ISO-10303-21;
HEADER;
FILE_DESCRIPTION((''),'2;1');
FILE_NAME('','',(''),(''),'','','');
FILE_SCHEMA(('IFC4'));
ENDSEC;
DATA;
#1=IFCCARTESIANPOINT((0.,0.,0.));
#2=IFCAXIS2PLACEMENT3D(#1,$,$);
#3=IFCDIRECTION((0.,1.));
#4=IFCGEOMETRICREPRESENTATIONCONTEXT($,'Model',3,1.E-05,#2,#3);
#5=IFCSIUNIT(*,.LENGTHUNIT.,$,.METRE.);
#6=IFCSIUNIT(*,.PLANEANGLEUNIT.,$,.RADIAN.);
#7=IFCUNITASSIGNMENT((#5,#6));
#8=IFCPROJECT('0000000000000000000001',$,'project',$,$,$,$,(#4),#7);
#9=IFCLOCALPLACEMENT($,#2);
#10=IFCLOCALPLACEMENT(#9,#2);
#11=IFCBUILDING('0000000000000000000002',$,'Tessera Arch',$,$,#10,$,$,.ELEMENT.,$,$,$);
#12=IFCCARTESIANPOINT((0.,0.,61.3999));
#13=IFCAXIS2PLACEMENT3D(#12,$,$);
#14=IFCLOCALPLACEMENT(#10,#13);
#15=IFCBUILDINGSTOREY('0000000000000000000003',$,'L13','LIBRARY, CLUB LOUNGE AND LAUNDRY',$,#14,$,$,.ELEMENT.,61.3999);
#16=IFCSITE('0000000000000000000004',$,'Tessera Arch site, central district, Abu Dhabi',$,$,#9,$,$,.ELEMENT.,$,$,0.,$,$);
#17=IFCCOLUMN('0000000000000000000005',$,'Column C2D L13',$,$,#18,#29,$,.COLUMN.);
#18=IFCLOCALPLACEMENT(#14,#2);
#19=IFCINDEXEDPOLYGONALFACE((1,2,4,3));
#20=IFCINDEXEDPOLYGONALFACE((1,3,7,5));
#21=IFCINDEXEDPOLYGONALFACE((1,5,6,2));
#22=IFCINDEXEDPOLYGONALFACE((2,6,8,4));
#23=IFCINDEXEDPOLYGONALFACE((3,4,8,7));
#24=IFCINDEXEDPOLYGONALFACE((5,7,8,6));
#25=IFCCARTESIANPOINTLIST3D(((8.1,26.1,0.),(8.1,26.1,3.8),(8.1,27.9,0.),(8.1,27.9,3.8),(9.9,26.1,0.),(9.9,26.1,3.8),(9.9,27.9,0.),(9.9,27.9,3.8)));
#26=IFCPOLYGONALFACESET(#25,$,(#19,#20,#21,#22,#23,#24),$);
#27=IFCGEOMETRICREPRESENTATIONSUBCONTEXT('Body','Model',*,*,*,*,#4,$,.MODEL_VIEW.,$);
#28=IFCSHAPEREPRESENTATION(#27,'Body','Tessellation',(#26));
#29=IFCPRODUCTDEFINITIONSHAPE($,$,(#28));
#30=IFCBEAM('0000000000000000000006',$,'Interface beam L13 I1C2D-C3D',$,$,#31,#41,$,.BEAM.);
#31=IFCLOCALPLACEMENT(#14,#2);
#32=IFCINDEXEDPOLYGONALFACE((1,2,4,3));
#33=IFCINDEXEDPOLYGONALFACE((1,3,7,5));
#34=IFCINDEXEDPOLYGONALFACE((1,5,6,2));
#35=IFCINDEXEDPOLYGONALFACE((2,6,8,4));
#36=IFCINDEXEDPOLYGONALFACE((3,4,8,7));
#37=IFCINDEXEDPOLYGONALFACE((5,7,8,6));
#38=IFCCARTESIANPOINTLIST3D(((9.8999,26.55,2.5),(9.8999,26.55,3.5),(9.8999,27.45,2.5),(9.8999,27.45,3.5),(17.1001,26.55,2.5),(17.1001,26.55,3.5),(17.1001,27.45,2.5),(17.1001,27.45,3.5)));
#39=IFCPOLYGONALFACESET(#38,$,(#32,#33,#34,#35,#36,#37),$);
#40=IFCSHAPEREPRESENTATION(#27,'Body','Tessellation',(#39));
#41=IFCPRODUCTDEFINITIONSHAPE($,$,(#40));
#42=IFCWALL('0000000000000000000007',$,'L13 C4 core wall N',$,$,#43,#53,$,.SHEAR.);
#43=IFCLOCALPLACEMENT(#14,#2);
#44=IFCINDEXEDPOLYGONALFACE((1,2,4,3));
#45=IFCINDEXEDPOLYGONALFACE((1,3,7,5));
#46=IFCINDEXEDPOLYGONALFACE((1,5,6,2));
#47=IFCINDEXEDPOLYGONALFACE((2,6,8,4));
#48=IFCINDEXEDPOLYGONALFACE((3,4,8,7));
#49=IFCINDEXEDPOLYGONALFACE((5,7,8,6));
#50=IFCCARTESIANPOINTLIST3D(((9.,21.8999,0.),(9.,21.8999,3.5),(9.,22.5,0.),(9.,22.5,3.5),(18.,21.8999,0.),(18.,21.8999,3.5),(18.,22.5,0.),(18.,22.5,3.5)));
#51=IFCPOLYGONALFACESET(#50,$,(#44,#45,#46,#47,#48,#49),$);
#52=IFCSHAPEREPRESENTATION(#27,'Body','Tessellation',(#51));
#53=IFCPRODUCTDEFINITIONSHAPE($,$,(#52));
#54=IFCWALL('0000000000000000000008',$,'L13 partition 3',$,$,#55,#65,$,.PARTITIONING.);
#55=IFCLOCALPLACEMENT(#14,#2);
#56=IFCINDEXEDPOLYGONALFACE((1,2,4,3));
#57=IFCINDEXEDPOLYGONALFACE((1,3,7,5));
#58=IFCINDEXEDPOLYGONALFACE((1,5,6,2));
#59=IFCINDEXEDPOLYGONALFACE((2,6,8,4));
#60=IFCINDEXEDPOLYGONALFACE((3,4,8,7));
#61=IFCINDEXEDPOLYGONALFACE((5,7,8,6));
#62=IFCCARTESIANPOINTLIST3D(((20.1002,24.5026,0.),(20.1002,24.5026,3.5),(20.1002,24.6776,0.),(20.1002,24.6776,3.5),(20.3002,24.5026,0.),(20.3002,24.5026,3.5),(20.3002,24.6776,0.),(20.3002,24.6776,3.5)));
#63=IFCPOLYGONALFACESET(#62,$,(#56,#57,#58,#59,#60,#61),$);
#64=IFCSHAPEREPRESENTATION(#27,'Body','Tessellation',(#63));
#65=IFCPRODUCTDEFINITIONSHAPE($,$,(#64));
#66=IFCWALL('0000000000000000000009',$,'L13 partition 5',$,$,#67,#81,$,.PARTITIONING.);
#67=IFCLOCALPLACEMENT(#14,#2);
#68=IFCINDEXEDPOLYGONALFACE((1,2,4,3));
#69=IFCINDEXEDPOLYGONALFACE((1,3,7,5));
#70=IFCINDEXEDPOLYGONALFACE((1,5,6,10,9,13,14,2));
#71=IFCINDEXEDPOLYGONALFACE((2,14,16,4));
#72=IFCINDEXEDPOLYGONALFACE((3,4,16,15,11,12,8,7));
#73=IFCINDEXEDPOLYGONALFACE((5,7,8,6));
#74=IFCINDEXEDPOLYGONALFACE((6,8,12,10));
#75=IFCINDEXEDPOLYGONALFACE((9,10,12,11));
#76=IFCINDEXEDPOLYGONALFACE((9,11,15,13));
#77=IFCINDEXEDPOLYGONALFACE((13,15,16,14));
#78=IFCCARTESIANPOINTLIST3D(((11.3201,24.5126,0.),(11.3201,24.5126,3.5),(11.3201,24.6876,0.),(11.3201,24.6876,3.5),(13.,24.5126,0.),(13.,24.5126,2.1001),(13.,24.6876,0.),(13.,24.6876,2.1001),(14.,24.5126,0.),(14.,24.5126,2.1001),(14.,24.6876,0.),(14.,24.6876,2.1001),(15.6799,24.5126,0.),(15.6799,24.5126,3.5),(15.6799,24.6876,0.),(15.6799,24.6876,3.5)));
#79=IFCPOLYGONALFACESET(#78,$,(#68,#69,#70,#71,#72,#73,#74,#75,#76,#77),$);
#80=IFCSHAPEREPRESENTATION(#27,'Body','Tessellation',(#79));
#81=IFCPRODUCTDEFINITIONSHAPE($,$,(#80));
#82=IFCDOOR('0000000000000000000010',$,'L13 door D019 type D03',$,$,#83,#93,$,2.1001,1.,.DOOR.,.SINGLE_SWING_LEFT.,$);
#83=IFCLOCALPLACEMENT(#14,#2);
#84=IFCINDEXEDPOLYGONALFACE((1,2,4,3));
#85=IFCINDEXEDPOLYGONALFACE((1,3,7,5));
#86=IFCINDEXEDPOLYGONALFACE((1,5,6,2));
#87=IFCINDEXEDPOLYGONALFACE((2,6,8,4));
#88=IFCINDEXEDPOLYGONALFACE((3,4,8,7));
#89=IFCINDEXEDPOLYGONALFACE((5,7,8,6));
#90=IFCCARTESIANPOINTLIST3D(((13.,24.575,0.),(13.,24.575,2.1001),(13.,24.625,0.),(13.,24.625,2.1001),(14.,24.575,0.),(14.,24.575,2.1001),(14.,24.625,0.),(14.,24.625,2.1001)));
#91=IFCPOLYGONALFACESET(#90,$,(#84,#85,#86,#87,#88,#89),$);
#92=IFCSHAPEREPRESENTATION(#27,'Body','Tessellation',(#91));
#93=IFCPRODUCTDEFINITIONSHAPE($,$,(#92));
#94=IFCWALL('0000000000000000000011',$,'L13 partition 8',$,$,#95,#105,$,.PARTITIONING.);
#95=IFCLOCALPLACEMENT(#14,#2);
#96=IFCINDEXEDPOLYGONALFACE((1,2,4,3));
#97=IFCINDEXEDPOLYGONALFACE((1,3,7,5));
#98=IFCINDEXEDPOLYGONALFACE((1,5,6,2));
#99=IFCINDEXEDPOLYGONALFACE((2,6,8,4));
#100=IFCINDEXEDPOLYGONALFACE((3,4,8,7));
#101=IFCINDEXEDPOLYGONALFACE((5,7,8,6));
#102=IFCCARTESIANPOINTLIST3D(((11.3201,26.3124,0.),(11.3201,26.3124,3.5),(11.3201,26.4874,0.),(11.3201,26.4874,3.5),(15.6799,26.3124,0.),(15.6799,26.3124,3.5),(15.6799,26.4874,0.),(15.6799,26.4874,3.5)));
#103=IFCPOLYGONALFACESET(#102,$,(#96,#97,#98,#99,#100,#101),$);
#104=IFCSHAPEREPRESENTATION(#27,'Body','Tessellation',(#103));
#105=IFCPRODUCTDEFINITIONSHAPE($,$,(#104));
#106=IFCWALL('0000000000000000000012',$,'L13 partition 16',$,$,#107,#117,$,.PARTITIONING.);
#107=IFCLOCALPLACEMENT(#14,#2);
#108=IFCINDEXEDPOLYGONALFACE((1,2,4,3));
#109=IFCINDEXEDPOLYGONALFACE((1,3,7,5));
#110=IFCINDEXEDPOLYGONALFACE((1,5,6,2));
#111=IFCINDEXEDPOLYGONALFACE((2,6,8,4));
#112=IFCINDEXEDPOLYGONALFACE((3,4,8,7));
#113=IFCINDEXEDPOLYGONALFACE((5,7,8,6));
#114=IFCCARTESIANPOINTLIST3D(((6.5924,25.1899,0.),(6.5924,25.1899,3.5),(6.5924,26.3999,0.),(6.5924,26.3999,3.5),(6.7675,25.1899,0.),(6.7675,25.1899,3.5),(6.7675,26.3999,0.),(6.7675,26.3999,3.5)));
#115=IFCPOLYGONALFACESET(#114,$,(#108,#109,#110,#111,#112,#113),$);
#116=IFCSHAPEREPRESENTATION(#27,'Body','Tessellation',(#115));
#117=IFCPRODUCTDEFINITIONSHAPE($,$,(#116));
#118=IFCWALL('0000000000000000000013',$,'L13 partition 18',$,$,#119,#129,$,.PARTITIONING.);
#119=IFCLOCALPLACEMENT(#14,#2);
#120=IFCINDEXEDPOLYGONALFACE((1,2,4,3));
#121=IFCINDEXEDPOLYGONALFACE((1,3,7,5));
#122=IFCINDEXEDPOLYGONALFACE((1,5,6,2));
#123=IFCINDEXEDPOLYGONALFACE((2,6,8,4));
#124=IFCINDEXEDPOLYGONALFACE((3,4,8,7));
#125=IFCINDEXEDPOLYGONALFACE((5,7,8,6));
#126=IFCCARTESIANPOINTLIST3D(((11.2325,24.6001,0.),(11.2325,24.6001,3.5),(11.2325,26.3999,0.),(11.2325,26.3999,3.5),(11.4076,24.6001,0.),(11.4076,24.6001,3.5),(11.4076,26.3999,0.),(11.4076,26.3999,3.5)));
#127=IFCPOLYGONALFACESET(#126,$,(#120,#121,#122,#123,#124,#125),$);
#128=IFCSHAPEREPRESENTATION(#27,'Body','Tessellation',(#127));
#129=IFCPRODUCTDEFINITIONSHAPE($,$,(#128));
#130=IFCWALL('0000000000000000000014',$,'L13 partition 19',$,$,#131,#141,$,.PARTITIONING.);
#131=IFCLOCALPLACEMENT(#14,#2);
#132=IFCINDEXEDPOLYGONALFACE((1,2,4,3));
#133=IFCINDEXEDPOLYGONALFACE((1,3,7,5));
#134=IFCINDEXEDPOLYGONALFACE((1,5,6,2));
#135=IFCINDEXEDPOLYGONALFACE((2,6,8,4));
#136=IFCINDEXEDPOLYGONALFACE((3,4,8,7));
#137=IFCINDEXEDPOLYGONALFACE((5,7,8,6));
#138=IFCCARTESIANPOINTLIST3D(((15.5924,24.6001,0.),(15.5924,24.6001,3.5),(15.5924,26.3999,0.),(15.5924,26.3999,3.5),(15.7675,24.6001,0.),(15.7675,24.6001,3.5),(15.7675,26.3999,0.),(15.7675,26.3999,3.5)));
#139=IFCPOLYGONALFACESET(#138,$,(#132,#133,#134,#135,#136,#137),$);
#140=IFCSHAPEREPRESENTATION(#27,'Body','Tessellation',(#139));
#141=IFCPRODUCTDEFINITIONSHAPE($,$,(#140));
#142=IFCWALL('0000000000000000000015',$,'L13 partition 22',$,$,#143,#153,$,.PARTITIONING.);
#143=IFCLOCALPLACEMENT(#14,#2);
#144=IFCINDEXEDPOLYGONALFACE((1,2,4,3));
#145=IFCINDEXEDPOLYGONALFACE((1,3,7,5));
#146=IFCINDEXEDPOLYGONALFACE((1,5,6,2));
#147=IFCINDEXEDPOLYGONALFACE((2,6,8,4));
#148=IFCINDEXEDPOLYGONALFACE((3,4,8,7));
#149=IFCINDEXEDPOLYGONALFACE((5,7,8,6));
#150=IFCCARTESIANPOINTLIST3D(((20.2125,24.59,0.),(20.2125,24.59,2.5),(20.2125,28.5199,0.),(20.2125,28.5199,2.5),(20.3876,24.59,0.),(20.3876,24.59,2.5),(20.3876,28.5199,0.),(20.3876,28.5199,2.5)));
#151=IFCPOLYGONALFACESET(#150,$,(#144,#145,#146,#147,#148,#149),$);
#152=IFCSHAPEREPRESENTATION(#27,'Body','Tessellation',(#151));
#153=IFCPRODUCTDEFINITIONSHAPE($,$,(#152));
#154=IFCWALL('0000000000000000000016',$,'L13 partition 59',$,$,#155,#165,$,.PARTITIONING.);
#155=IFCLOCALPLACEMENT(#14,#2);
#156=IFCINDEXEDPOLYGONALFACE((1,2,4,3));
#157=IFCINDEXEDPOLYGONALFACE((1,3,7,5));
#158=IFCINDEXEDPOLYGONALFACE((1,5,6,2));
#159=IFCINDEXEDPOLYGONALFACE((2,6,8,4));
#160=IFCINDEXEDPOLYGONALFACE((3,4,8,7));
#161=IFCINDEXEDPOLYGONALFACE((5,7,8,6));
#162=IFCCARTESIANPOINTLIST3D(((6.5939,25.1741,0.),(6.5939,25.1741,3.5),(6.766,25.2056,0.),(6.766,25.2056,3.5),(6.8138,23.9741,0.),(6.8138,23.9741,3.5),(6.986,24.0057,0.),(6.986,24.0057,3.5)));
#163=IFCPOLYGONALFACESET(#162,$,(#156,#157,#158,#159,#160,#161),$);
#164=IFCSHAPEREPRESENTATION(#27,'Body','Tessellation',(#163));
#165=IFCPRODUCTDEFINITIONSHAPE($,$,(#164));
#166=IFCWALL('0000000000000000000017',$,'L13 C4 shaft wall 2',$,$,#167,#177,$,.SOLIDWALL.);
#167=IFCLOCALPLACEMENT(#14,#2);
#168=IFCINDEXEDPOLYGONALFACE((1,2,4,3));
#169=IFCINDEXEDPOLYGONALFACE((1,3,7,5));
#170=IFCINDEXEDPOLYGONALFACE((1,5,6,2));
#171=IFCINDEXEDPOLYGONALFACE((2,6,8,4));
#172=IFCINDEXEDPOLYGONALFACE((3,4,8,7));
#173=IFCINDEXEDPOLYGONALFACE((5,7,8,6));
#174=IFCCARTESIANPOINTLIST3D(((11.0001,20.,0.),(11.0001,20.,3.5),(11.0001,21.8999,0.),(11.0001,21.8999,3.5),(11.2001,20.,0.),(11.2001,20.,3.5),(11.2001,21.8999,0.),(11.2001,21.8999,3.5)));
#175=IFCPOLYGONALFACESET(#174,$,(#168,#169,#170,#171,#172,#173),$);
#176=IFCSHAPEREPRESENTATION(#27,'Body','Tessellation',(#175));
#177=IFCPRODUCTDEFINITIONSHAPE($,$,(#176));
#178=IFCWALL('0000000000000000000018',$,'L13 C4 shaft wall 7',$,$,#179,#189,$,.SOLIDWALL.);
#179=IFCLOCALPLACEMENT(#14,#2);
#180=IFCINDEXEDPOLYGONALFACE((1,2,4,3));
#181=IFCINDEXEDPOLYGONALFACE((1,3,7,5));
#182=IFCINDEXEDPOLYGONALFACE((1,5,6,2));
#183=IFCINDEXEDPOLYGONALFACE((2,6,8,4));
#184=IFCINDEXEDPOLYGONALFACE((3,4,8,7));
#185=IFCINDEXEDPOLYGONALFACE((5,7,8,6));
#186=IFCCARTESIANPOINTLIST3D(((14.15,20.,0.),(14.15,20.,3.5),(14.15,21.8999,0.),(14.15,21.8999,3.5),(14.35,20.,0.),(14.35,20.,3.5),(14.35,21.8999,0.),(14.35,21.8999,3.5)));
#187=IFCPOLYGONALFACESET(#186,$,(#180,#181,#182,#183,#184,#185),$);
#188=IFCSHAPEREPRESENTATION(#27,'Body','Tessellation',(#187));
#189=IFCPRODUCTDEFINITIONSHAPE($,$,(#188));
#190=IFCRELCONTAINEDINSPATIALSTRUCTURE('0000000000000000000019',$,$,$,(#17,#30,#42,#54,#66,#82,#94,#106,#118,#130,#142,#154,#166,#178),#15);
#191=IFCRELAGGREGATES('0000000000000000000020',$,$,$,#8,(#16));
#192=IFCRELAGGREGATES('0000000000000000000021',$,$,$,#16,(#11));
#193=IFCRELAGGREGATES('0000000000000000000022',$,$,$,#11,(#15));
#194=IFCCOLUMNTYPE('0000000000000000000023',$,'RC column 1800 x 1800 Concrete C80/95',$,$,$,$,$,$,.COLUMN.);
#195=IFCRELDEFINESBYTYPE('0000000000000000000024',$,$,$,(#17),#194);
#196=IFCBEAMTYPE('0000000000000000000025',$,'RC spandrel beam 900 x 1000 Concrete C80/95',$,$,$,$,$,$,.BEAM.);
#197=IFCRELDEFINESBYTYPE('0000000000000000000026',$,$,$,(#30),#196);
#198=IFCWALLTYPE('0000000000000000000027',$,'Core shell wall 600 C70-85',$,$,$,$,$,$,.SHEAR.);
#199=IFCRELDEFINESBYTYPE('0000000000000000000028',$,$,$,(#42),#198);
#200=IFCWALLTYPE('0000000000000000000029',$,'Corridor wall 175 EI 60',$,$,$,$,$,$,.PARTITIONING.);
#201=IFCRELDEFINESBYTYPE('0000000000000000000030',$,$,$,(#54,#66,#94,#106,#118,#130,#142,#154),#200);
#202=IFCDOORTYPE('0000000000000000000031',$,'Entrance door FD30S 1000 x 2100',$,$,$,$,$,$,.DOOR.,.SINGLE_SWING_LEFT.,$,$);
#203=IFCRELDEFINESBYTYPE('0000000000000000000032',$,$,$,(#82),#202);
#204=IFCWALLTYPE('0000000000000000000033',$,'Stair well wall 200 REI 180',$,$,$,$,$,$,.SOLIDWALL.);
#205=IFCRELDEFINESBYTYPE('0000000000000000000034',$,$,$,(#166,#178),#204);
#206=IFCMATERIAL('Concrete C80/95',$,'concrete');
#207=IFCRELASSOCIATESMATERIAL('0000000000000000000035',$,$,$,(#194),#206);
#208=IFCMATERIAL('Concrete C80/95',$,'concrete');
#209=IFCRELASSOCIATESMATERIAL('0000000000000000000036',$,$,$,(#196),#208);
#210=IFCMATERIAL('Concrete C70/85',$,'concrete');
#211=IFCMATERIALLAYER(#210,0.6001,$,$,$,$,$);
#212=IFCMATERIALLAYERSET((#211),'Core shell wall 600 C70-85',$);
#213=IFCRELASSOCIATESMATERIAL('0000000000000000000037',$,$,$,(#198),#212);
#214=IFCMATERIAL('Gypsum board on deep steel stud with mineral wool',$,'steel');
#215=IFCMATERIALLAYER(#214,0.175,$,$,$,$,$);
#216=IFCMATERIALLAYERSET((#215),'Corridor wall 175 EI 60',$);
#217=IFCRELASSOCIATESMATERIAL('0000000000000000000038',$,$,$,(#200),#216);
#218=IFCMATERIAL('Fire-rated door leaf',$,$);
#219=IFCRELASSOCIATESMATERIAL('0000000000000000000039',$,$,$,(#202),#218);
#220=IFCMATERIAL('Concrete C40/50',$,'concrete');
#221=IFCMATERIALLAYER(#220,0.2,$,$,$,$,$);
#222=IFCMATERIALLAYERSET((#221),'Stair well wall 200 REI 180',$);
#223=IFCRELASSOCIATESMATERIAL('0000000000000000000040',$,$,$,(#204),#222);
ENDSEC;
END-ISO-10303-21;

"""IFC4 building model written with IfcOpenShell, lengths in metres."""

from ifc_helpers import new_model, si_unit, direction, frame, frame_2d, origin, origin_2d, place, context, subcontext, project, spatial, rectangle, extrude, material, layer, layer_set, material_profile, profile_set, type_object, element, fill, save


model = new_model("IFC4")

# Units and contexts
model_context = context("Model", 3, precision=1e-05, world=origin(), true_north=direction((0.0, 1.0)))
body_context = subcontext(model_context, "Body", "Model", "MODEL_VIEW")
ifc_project = project(units=[si_unit("LENGTHUNIT", "METRE"), si_unit("PLANEANGLEUNIT", "RADIAN")], contexts=[model_context])

# Site, building, storey
site_placement = place(None, origin())
site = spatial("IfcSite", under=ifc_project, at=site_placement, Name="Tessera Arch site, central district, Abu Dhabi", CompositionType="ELEMENT", RefElevation=0.0)
building_placement = place(site_placement, origin())
building = spatial("IfcBuilding", under=site, at=building_placement, Name="Tessera Arch", CompositionType="ELEMENT")
storey_placement = place(building_placement, frame((0.0, 0.0, 61.3999)))
storey = spatial("IfcBuildingStorey", under=building, at=storey_placement, Name="L13", Description="LIBRARY, CLUB LOUNGE AND LAUNDRY", CompositionType="ELEMENT", Elevation=61.3999)

# Column
ifc_material_1 = material(Name="Concrete C80/95", Category="concrete")
ifc_material_profile_1 = material_profile(ifc_material_1, rectangle(XDim=1.8, YDim=1.8, at=origin_2d()), Name="RC column 1800 x 1800 Concrete C80/95")
ifc_profile_set_1 = profile_set([ifc_material_profile_1], Name="Concrete C80/95")
column_type = type_object("IfcColumnType", Name="RC column 1800 x 1800 Concrete C80/95", PredefinedType="COLUMN", material=ifc_profile_set_1)
column_placement = place(storey_placement, frame((9.0, 27.0, 0.0), z_axis=(0.0, 0.0, 1.0), x_axis=(1.0, 0.0, 0.0)))
element("IfcColumn", 1, at=column_placement, inside=storey, type_object=column_type, Name="Column C2D L13", PredefinedType="COLUMN", context=body_context, shape_type="SweptSolid", body=[
    extrude(rectangle(XDim=1.8, YDim=1.8, at=origin_2d()), origin(), (0.0, 0.0, 1.0), 3.8),
])

# Beam
ifc_material_2 = material(Name="Concrete C80/95", Category="concrete")
ifc_material_profile_2 = material_profile(ifc_material_2, rectangle(XDim=0.8999, YDim=1.0, at=origin_2d()), Name="RC spandrel beam 900 x 1000 Concrete C80/95")
ifc_profile_set_2 = profile_set([ifc_material_profile_2], Name="Concrete C80/95")
beam_type = type_object("IfcBeamType", Name="RC spandrel beam 900 x 1000 Concrete C80/95", PredefinedType="BEAM", material=ifc_profile_set_2)
beam_placement = place(storey_placement, frame((9.8999, 27.0, 3.0), z_axis=(1.0, 0.0, 0.0), x_axis=(0.0, 1.0, 0.0)))
element("IfcBeam", 2, at=beam_placement, inside=storey, type_object=beam_type, Name="Interface beam L13 I1C2D-C3D", PredefinedType="BEAM", context=body_context, shape_type="SweptSolid", body=[
    extrude(rectangle(XDim=0.8999, YDim=1.0, at=origin_2d()), origin(), (0.0, 0.0, 1.0), 7.2002),
])

# Walls
ifc_material_3 = material(Name="Concrete C70/85", Category="concrete")
ifc_layer_1 = layer(ifc_material_3, 0.6001)
ifc_layer_set_1 = layer_set([ifc_layer_1], Name="Core shell wall 600 C70-85")
wall_type_1 = type_object("IfcWallType", Name="Core shell wall 600 C70-85", PredefinedType="SHEAR", material=ifc_layer_set_1)
wall_1_placement = place(storey_placement, frame((9.0, 22.2, 0.0), z_axis=(0.0, 0.0, 1.0), x_axis=(1.0, 0.0, 0.0)))
element("IfcWall", 3, at=wall_1_placement, inside=storey, type_object=wall_type_1, Name="L13 C4 core wall N", PredefinedType="SHEAR", context=body_context, shape_type="SweptSolid", body=[
    extrude(rectangle(XDim=9.0, YDim=0.6001, at=frame_2d((4.5, 0.0))), origin(), (0.0, 0.0, 1.0), 3.5),
])
ifc_material_4 = material(Name="Gypsum board on deep steel stud with mineral wool", Category="steel")
ifc_layer_2 = layer(ifc_material_4, 0.175)
ifc_layer_set_2 = layer_set([ifc_layer_2], Name="Corridor wall 175 EI 60")
wall_type_2 = type_object("IfcWallType", Name="Corridor wall 175 EI 60", PredefinedType="PARTITIONING", material=ifc_layer_set_2)
wall_2_placement = place(storey_placement, frame((20.1001, 24.5901, 0.0), z_axis=(0.0, 0.0, 1.0), x_axis=(1.0, 0.0, 0.0)))
element("IfcWall", 4, at=wall_2_placement, inside=storey, type_object=wall_type_2, Name="L13 partition 3", PredefinedType="PARTITIONING", context=body_context, shape_type="SweptSolid", body=[
    extrude(rectangle(XDim=0.2, YDim=0.175, at=frame_2d((0.1001, 0.0))), origin(), (0.0, 0.0, 1.0), 3.5),
])

# Wall, opening, door
wall_3_placement = place(storey_placement, frame((11.3201, 24.6001, 0.0), z_axis=(0.0, 0.0, 1.0), x_axis=(1.0, 0.0, 0.0)))
wall_3 = element("IfcWall", 5, at=wall_3_placement, inside=storey, type_object=wall_type_2, Name="L13 partition 5", PredefinedType="PARTITIONING", context=body_context, shape_type="SweptSolid", body=[
    extrude(rectangle(XDim=4.3599, YDim=0.175, at=frame_2d((2.1799, 0.0))), origin(), (0.0, 0.0, 1.0), 3.5),
])
opening_placement = place(wall_3_placement, frame((1.6799, 0.0, 0.0)))
opening = element("IfcOpeningElement", 6, at=opening_placement, cuts=wall_3, PredefinedType="OPENING", context=body_context, shape_type="SweptSolid", body=[
    extrude(rectangle(XDim=1.0, YDim=2.1001, at=frame_2d((0.5, 1.05))), frame((0.0, 0.0974, 0.0), z_axis=(0.0, -1.0, 0.0), x_axis=(1.0, 0.0, 0.0)), (0.0, 0.0, 1.0), 0.1951),
])
ifc_material_5 = material(Name="Fire-rated door leaf")
door_type = type_object("IfcDoorType", Name="Entrance door FD30S 1000 x 2100", OperationType="SINGLE_SWING_LEFT", PredefinedType="DOOR", material=ifc_material_5)
door_placement = place(opening_placement, origin())
door = element("IfcDoor", 7, at=door_placement, inside=storey, type_object=door_type, Name="L13 door D019 type D03", OperationType="SINGLE_SWING_LEFT", OverallHeight=2.1001, OverallWidth=1.0, PredefinedType="DOOR", context=body_context, shape_type="SweptSolid", body=[
    extrude(rectangle(XDim=1.0, YDim=2.1001, at=frame_2d((0.5, 1.05))), frame((0.0, 0.0249, 0.0), z_axis=(0.0, -1.0, 0.0), x_axis=(1.0, 0.0, 0.0)), (0.0, 0.0, 1.0), 0.05),
])
fill(opening, door)

# Walls
wall_4_placement = place(storey_placement, frame((11.3201, 26.3999, 0.0), z_axis=(0.0, 0.0, 1.0), x_axis=(1.0, 0.0, 0.0)))
element("IfcWall", 8, at=wall_4_placement, inside=storey, type_object=wall_type_2, Name="L13 partition 8", PredefinedType="PARTITIONING", context=body_context, shape_type="SweptSolid", body=[
    extrude(rectangle(XDim=4.3599, YDim=0.175, at=frame_2d((2.1799, 0.0))), origin(), (0.0, 0.0, 1.0), 3.5),
])
wall_5_placement = place(storey_placement, frame((6.6799, 25.1899, 0.0), z_axis=(0.0, 0.0, 1.0), x_axis=(0.0, 1.0, 0.0)))
element("IfcWall", 9, at=wall_5_placement, inside=storey, type_object=wall_type_2, Name="L13 partition 16", PredefinedType="PARTITIONING", context=body_context, shape_type="SweptSolid", body=[
    extrude(rectangle(XDim=1.21, YDim=0.175, at=frame_2d((0.605, 0.0))), origin(), (0.0, 0.0, 1.0), 3.5),
])
for number, where, z_axis, x_axis, name in (
    (10, (11.3201, 24.6001, 0.0), (0.0, 0.0, 1.0), (0.0, 1.0, 0.0), "L13 partition 18"),
    (11, (15.6799, 24.6001, 0.0), (0.0, 0.0, 1.0), (0.0, 1.0, 0.0), "L13 partition 19"),
):
    element("IfcWall", number, at=place(storey_placement, frame(where, z_axis=z_axis, x_axis=x_axis)), inside=storey, type_object=wall_type_2, Name=name, PredefinedType="PARTITIONING", context=body_context, shape_type="SweptSolid", body=[
        extrude(rectangle(XDim=1.7998, YDim=0.175, at=frame_2d((0.8999, 0.0))), origin(), (0.0, 0.0, 1.0), 3.5),
    ])
wall_6_placement = place(storey_placement, frame((20.3, 24.5901, 0.0), z_axis=(0.0, 0.0, 1.0), x_axis=(0.0, 1.0, 0.0)))
element("IfcWall", 12, at=wall_6_placement, inside=storey, type_object=wall_type_2, Name="L13 partition 22", PredefinedType="PARTITIONING", context=body_context, shape_type="SweptSolid", body=[
    extrude(rectangle(XDim=3.9299, YDim=0.175, at=frame_2d((1.9648, 0.0))), origin(), (0.0, 0.0, 1.0), 2.5),
])
wall_7_placement = place(storey_placement, frame((6.8999, 23.99, 0.0), z_axis=(0.0, 0.0, 1.0), x_axis=(-0.180312, 0.98361, 0.0)))
element("IfcWall", 13, at=wall_7_placement, inside=storey, type_object=wall_type_2, Name="L13 partition 59", PredefinedType="PARTITIONING", context=body_context, shape_type="SweptSolid", body=[
    extrude(rectangle(XDim=1.22, YDim=0.175, at=frame_2d((0.6099, 0.0))), origin(), (0.0, 0.0, 1.0), 3.5),
])
ifc_material_6 = material(Name="Concrete C40/50", Category="concrete")
ifc_layer_3 = layer(ifc_material_6, 0.2)
ifc_layer_set_3 = layer_set([ifc_layer_3], Name="Stair well wall 200 REI 180")
wall_type_3 = type_object("IfcWallType", Name="Stair well wall 200 REI 180", PredefinedType="SOLIDWALL", material=ifc_layer_set_3)
for number, where, z_axis, x_axis, name in (
    (14, (11.1001, 20.0, 0.0), (0.0, 0.0, 1.0), (0.0, 1.0, 0.0), "L13 C4 shaft wall 2"),
    (15, (14.25, 20.0, 0.0), (0.0, 0.0, 1.0), (0.0, 1.0, 0.0), "L13 C4 shaft wall 7"),
):
    element("IfcWall", number, at=place(storey_placement, frame(where, z_axis=z_axis, x_axis=x_axis)), inside=storey, type_object=wall_type_3, Name=name, PredefinedType="SOLIDWALL", context=body_context, shape_type="SweptSolid", body=[
        extrude(rectangle(XDim=1.8999, YDim=0.2, at=frame_2d((0.95, 0.0))), origin(), (0.0, 0.0, 1.0), 3.5),
    ])

save(model, "model.ifc")
